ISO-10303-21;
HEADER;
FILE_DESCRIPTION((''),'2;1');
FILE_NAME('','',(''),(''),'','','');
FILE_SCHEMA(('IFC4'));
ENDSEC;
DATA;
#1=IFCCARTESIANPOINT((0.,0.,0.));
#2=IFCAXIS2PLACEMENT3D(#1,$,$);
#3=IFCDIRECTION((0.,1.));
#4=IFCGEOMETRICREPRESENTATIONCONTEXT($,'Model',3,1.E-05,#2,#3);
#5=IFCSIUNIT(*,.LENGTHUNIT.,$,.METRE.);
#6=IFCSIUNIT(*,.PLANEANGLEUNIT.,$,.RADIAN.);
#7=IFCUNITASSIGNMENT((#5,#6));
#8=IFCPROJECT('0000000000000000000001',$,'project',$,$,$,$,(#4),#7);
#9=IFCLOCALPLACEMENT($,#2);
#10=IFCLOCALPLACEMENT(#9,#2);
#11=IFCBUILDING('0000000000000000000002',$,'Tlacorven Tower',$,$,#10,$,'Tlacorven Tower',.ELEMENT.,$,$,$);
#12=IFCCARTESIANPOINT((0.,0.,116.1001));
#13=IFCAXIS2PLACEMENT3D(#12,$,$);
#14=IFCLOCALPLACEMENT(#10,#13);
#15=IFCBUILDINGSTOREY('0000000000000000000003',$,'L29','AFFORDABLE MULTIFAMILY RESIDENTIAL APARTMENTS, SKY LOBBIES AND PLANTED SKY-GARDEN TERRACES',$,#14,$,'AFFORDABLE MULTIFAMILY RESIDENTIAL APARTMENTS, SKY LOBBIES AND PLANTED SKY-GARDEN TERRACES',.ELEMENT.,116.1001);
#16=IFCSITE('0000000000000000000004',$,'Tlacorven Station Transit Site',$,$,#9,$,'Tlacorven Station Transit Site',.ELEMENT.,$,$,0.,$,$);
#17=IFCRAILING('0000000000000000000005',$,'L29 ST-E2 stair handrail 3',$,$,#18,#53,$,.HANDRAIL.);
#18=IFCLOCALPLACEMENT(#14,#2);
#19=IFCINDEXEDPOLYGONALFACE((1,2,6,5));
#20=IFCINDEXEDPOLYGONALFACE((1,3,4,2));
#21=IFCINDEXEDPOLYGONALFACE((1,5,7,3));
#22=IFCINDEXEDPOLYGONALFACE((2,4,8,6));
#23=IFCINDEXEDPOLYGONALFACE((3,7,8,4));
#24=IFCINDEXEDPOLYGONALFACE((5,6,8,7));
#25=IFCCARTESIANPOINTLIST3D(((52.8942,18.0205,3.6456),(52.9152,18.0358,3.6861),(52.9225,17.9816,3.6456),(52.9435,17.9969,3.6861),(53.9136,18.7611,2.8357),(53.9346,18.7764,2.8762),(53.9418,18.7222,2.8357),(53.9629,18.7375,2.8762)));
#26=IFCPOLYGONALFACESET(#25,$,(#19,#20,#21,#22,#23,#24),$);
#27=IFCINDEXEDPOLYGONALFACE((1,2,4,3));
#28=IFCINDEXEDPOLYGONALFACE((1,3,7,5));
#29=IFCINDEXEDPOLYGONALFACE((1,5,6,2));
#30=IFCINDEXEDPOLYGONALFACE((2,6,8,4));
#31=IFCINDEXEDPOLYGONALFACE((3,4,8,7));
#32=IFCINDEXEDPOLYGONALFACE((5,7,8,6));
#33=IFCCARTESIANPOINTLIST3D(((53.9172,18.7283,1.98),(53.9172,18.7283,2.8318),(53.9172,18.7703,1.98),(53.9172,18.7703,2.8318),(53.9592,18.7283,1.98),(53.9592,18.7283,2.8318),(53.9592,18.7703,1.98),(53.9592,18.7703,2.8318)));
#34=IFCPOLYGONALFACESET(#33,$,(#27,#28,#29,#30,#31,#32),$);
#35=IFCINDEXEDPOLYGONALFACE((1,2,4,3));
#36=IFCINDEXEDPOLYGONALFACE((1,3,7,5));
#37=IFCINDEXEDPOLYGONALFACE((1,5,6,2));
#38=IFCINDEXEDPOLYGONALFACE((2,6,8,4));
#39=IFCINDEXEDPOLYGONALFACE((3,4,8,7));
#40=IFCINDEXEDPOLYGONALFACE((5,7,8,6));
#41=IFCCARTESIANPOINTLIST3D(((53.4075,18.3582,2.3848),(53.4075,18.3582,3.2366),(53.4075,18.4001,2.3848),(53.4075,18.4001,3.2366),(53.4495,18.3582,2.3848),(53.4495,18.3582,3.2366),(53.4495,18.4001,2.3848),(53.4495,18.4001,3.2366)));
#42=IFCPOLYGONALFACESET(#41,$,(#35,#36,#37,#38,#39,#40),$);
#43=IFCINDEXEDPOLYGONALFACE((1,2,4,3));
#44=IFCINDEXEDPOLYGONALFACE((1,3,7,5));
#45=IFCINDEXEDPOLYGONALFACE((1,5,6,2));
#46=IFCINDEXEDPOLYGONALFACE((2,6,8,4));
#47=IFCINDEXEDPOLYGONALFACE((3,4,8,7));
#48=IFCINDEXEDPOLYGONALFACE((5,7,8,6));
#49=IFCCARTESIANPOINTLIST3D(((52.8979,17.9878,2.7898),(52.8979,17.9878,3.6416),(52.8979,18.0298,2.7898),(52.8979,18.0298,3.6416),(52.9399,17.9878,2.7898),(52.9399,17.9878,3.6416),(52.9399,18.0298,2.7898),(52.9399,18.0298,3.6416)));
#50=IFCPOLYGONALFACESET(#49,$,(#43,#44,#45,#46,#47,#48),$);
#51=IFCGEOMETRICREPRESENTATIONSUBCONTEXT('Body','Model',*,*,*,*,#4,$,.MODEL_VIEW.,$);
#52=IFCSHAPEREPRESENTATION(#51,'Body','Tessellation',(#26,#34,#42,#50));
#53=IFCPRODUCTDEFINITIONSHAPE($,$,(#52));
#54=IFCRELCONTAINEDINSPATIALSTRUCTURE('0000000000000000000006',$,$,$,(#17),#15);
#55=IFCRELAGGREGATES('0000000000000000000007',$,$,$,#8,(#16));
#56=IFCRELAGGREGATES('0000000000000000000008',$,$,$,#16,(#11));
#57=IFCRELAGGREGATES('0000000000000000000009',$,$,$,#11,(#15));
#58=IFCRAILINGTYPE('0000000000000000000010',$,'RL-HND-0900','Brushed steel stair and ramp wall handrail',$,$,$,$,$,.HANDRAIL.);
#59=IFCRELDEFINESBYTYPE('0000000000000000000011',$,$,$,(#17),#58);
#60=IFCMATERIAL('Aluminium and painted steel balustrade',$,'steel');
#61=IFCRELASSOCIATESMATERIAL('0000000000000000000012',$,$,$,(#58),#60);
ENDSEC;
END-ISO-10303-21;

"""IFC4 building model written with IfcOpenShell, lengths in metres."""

from ifc_helpers import new_model, si_unit, direction, frame, origin, origin_2d, place, context, subcontext, project, spatial, rectangle, extrude, source, transform, mapped, material, type_object, element, save


model = new_model("IFC4")

# Units and contexts
model_context = context("Model", 3, precision=1e-05, world=origin(), true_north=direction((0.0, 1.0)))
body_context = subcontext(model_context, "Body", "Model", "MODEL_VIEW")
ifc_project = project(units=[si_unit("LENGTHUNIT", "METRE"), si_unit("PLANEANGLEUNIT", "RADIAN")], contexts=[model_context])

# Site, building, storey
site_placement = place(None, origin())
site = spatial("IfcSite", under=ifc_project, at=site_placement, Name="Tlacorven Station Transit Site", LongName="Tlacorven Station Transit Site", CompositionType="ELEMENT", RefElevation=0.0)
building_placement = place(site_placement, origin())
building = spatial("IfcBuilding", under=site, at=building_placement, Name="Tlacorven Tower", LongName="Tlacorven Tower", CompositionType="ELEMENT")
storey_placement = place(building_placement, frame((0.0, 0.0, 116.1001)))
storey = spatial("IfcBuildingStorey", under=building, at=storey_placement, Name="L29", Description="AFFORDABLE MULTIFAMILY RESIDENTIAL APARTMENTS, SKY LOBBIES AND PLANTED SKY-GARDEN TERRACES", LongName="AFFORDABLE MULTIFAMILY RESIDENTIAL APARTMENTS, SKY LOBBIES AND PLANTED SKY-GARDEN TERRACES", CompositionType="ELEMENT", Elevation=116.1001)

# Railing
ifc_material_1 = material(Name="Aluminium and painted steel balustrade", Category="steel")
railing_type_1 = type_object("IfcRailingType", Name="RL-HND-0900", Description="Brushed steel stair and ramp wall handrail", PredefinedType="HANDRAIL", material=ifc_material_1)
shared_shape_1 = source(origin(), body_context, "Body", "SweptSolid", [
    extrude(rectangle(XDim=0.0481, YDim=0.0481, at=origin_2d()), frame((0.0, 0.0, 0.876), z_axis=(-0.680576, -0.494416, 0.540712), x_axis=(0.587745, -0.809046, 0.0)), (0.0, 0.0, 1.0), 1.4978),
    extrude(rectangle(XDim=0.042, YDim=0.042, at=origin_2d()), origin(), (0.0, 0.0, 1.0), 0.8518),
    extrude(rectangle(XDim=0.042, YDim=0.042, at=origin_2d()), frame((-0.5098, -0.3701, 0.4048)), (0.0, 0.0, 1.0), 0.8518),
    extrude(rectangle(XDim=0.042, YDim=0.042, at=origin_2d()), frame((-1.0193, -0.7405, 0.8098)), (0.0, 0.0, 1.0), 0.8518),
])
railing_1_placement = place(storey_placement, frame((53.9382, 18.7493, 1.98)))
element("IfcRailing", 1, at=railing_1_placement, inside=storey, type_object=railing_type_1, Name="L29 ST-E2 stair handrail 3", PredefinedType="HANDRAIL", context=body_context, shape_type="MappedRepresentation", body=[
    mapped(shared_shape_1, transform((0.0, 0.0, 0.0), scale=1.0)),
])

save(model, "model.ifc")
